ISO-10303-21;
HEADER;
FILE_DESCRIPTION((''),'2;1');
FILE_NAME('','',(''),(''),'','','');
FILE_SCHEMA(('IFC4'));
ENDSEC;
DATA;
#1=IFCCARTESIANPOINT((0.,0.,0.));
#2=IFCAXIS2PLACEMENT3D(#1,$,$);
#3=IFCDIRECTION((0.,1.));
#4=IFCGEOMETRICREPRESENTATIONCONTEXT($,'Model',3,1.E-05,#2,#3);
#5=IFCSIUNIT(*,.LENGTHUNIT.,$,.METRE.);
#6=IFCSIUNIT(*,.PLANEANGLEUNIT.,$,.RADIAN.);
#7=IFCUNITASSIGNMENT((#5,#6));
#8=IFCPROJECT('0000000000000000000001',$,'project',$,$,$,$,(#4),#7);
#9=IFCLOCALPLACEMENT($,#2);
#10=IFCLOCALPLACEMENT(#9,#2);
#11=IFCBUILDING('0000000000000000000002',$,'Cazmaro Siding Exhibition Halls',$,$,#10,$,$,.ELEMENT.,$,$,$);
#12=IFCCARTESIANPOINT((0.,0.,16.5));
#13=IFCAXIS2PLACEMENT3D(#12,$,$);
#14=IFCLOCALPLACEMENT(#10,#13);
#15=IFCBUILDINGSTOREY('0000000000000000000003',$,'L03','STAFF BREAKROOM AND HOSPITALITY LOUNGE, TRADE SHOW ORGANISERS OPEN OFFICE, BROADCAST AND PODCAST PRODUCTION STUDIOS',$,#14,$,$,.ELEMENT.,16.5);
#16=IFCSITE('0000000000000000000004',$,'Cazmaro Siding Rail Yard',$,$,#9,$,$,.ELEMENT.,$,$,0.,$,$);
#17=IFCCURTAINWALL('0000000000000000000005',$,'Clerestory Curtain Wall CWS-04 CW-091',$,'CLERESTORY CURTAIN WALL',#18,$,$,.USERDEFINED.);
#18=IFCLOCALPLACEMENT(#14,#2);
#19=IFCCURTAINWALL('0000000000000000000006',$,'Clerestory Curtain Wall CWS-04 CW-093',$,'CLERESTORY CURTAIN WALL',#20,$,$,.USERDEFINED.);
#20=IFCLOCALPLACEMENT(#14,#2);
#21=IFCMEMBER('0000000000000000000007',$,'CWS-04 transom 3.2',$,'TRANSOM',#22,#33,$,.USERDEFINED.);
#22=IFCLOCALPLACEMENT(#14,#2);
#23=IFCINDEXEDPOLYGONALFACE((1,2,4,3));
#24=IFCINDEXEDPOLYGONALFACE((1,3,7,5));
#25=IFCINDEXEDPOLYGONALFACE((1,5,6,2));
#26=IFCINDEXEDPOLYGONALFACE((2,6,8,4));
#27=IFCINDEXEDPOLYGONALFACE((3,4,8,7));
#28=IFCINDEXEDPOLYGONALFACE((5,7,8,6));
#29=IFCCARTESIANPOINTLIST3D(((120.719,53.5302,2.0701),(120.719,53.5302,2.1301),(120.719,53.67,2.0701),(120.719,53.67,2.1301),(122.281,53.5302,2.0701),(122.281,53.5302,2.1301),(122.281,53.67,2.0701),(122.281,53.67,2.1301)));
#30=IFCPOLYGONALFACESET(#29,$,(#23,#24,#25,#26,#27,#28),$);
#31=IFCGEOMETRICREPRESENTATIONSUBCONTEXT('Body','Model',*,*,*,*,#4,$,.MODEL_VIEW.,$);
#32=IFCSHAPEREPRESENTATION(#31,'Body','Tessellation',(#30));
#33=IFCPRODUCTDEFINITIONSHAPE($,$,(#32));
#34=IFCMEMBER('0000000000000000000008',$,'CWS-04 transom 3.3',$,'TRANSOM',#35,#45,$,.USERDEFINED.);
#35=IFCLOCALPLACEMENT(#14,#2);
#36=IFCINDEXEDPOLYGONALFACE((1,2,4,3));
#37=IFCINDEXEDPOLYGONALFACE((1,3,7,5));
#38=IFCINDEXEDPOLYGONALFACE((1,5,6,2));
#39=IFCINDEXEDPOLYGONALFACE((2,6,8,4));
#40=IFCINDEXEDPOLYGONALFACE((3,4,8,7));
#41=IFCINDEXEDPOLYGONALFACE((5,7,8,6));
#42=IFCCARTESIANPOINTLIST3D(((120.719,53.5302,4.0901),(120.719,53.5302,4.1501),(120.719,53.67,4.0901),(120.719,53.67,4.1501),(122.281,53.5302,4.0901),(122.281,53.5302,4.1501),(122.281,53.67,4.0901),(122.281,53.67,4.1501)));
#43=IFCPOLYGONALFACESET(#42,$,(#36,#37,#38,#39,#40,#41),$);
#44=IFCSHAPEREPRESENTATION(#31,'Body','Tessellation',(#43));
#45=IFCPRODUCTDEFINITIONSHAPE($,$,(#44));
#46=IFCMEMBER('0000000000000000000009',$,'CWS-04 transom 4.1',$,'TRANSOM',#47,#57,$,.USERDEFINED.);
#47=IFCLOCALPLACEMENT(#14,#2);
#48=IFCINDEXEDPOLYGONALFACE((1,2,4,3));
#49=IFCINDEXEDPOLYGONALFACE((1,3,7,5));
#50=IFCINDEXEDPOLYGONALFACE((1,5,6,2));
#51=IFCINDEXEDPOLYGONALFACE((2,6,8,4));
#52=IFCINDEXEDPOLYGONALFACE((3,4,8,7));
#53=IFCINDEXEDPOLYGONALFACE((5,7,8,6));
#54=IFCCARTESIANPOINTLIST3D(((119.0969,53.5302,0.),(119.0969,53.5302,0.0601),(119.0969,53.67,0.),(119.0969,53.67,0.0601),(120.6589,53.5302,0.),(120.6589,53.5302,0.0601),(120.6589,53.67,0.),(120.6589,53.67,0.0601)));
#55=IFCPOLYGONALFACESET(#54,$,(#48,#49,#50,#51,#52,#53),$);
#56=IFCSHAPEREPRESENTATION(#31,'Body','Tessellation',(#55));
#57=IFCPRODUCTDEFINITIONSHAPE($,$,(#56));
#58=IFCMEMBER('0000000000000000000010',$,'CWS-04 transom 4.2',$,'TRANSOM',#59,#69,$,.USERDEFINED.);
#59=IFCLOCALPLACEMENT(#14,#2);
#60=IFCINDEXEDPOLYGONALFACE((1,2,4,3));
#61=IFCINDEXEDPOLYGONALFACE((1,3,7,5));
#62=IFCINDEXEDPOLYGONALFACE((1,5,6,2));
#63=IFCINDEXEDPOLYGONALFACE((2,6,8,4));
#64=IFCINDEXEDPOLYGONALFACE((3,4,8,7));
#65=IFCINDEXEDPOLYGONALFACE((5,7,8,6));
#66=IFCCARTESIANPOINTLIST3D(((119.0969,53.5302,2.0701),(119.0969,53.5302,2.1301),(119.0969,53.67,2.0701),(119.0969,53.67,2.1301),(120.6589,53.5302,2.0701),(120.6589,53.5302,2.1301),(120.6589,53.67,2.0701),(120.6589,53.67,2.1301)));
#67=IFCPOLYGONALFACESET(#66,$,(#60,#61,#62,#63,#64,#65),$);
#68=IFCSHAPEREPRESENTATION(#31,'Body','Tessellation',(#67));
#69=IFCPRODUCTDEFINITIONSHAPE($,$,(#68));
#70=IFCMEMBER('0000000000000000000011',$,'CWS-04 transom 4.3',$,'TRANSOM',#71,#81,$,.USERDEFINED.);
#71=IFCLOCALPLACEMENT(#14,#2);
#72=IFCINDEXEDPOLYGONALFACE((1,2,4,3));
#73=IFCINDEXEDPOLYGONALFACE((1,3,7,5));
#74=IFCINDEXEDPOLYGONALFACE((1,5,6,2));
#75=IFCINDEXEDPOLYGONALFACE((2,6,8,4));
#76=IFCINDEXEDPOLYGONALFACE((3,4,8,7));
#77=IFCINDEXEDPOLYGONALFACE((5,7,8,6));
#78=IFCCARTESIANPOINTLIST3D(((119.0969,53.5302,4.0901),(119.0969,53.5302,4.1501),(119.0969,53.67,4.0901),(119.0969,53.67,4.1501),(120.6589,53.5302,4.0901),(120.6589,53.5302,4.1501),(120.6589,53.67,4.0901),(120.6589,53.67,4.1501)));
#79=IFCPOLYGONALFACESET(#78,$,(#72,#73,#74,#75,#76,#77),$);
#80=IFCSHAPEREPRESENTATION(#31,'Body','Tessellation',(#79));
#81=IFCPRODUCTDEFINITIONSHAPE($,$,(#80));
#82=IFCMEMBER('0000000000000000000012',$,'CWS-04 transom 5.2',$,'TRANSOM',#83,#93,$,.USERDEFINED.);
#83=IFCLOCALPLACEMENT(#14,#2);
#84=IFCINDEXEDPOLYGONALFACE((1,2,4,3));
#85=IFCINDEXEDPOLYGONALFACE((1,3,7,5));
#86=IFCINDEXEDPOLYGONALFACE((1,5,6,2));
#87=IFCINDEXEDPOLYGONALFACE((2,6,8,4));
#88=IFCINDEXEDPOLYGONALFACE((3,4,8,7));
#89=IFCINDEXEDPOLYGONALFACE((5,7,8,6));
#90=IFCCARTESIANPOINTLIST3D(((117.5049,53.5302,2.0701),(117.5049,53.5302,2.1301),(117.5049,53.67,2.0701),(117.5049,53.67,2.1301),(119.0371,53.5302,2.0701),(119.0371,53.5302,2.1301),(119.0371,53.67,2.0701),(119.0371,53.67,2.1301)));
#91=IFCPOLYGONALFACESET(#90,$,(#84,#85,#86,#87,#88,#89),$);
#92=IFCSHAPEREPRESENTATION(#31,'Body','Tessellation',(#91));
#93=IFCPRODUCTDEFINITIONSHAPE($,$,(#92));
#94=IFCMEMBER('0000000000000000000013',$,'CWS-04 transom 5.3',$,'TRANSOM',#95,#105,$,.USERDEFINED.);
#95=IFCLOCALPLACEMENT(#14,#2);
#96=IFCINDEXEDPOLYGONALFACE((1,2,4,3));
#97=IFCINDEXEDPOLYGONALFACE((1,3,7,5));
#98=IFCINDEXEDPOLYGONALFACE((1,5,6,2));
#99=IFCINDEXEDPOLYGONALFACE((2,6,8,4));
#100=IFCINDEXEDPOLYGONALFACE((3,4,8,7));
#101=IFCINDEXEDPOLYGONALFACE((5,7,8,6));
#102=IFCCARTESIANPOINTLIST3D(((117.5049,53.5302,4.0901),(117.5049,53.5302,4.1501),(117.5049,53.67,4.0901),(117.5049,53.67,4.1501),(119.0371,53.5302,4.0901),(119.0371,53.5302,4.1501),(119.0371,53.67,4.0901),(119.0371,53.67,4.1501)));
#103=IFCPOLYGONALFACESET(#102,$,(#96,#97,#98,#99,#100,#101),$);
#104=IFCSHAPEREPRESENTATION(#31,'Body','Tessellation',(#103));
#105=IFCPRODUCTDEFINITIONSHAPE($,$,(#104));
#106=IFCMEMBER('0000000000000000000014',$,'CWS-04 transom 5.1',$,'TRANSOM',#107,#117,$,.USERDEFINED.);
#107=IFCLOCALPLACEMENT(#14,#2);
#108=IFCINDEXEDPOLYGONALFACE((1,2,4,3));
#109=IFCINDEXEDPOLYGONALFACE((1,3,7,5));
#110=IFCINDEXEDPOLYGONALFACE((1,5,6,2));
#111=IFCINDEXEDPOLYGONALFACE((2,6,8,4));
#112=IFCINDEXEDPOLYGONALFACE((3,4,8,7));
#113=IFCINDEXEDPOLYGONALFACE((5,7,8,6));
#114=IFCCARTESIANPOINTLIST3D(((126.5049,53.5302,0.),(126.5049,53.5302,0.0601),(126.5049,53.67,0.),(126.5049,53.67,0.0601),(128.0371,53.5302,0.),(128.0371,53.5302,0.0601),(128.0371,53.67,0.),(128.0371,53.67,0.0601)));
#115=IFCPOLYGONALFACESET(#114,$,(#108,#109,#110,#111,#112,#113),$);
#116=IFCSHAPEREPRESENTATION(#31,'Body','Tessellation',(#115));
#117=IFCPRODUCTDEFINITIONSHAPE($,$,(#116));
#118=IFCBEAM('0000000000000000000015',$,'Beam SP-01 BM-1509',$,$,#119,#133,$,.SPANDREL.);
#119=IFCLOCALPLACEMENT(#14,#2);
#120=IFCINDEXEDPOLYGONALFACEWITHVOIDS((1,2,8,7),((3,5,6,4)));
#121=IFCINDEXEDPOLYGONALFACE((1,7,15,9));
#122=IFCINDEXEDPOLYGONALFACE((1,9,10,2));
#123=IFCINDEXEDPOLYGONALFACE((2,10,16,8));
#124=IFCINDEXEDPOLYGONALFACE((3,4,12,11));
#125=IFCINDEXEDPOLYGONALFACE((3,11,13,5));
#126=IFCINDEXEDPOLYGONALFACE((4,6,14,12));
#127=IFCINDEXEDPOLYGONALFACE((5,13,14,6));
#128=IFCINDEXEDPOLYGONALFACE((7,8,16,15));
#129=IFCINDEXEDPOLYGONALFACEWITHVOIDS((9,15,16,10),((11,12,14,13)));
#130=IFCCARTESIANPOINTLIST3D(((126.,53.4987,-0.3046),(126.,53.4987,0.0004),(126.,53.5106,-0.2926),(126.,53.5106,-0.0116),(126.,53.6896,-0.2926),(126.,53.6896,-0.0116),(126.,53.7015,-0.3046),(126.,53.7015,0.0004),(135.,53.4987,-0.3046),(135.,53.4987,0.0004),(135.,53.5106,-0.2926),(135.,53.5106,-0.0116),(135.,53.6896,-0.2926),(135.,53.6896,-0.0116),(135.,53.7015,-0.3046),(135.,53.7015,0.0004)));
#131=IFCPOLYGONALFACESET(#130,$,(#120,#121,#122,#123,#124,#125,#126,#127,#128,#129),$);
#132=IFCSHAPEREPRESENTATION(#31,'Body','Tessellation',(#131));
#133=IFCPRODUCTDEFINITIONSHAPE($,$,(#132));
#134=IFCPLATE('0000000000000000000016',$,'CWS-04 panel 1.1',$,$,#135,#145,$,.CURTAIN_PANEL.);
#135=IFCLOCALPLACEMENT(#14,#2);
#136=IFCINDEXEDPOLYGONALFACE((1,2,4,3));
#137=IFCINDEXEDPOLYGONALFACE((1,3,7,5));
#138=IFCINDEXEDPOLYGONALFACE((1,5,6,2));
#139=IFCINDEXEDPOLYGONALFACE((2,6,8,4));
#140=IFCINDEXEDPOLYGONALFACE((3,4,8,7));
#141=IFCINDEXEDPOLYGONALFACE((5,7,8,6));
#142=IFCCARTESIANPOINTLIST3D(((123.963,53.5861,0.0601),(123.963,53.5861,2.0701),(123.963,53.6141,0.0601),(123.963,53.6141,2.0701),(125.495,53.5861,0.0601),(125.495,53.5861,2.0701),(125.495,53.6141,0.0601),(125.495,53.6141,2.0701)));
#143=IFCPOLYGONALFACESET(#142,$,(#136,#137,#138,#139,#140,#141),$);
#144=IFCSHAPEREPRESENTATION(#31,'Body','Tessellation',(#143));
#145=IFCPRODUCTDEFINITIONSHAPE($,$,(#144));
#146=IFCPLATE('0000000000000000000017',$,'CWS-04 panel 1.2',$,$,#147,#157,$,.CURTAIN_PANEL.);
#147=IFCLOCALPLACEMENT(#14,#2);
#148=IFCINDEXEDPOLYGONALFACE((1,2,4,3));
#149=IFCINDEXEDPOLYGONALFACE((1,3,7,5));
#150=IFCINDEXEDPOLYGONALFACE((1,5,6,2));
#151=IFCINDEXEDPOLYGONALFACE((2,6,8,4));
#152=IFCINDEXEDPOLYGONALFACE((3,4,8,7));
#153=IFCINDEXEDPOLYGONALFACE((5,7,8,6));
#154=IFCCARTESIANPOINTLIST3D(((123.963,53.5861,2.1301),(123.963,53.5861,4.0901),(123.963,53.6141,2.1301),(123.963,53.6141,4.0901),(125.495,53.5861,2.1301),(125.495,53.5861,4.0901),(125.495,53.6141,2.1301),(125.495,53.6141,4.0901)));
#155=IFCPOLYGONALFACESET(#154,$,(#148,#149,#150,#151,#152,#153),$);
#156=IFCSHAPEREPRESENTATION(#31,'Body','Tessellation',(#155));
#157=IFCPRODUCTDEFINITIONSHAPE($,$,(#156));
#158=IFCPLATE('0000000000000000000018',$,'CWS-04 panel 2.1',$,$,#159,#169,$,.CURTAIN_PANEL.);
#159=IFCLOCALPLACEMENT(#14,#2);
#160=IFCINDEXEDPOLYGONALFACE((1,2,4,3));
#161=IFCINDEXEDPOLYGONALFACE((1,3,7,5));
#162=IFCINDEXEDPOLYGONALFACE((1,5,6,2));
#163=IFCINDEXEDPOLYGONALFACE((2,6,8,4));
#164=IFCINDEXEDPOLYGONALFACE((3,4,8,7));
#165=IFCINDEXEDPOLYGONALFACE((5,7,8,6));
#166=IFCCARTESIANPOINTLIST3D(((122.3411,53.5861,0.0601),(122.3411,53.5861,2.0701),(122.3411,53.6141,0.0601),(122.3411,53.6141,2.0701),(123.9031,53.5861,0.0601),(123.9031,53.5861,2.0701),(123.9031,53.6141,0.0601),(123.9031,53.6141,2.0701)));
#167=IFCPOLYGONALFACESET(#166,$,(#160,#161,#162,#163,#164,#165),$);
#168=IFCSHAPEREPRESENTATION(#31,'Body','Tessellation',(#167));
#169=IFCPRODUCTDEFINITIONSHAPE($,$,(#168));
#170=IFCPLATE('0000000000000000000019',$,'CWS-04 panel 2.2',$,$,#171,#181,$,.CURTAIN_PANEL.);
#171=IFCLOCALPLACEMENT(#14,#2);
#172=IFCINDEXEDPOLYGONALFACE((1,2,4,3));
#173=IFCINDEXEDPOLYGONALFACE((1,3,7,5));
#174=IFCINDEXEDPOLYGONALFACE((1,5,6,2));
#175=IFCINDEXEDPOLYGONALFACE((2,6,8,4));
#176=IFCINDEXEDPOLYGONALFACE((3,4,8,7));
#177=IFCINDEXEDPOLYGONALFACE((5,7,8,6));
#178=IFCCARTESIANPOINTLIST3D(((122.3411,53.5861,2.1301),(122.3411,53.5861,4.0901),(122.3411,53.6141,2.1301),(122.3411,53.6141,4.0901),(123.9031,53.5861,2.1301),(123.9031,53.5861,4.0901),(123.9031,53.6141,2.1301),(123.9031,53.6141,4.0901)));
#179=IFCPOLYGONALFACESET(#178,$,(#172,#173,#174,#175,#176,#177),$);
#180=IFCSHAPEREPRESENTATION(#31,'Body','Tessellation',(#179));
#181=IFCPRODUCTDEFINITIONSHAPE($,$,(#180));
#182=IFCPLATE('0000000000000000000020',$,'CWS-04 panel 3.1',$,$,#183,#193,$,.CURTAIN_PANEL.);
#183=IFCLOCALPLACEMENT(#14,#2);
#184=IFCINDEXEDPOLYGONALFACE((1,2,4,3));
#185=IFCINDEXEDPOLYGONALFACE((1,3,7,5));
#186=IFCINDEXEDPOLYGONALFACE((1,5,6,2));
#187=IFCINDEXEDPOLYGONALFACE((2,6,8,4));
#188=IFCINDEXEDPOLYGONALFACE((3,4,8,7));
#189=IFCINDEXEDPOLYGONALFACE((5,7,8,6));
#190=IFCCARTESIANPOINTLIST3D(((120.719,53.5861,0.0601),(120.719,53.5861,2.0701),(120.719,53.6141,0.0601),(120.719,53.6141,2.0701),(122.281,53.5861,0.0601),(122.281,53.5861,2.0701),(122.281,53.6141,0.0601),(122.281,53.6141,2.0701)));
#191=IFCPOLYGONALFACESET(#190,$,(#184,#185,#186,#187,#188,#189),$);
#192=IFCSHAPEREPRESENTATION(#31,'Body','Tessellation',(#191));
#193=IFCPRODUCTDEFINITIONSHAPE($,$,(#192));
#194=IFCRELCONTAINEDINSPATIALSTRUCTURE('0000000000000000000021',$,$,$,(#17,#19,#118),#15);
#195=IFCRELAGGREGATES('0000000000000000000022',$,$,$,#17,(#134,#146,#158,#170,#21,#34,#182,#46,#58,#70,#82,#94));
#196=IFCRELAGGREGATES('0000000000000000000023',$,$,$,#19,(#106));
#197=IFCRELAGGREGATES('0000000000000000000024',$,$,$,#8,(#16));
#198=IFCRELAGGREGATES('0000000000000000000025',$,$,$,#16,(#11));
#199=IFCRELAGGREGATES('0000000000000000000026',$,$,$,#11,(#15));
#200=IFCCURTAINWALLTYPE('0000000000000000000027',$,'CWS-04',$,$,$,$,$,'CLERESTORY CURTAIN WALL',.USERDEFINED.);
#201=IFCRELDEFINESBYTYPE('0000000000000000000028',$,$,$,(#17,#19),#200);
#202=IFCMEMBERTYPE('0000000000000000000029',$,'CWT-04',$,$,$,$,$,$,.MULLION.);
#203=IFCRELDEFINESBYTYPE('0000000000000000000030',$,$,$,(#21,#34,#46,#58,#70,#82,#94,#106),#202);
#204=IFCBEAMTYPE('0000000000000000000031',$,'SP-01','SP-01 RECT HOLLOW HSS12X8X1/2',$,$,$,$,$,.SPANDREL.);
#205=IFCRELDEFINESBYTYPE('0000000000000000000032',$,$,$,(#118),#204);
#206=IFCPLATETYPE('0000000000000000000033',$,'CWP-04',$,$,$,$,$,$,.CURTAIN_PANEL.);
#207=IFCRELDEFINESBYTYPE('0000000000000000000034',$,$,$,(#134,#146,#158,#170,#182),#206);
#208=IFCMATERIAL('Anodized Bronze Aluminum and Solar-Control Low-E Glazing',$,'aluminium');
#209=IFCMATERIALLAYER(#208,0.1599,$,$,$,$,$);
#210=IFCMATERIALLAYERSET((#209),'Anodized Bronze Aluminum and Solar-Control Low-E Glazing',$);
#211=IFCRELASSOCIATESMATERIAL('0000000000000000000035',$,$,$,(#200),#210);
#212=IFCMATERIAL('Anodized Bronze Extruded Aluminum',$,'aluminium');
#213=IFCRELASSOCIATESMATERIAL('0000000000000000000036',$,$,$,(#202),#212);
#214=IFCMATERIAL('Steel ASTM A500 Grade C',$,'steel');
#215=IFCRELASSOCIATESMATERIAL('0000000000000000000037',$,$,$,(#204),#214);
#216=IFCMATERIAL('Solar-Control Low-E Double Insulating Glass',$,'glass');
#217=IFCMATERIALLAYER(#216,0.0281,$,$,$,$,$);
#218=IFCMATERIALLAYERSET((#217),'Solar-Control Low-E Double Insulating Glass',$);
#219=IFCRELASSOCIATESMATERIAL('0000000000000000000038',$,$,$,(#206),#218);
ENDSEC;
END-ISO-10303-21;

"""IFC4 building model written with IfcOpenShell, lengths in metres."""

from ifc_helpers import new_model, si_unit, direction, frame, origin, origin_2d, place, context, subcontext, project, spatial, rectangle, hollow_rectangle, extrude, material, layer, layer_set, material_profile, profile_set, type_object, element, aggregate, save


model = new_model("IFC4")

# Units and contexts
model_context = context("Model", 3, precision=1e-05, world=origin(), true_north=direction((0.0, 1.0)))
body_context = subcontext(model_context, "Body", "Model", "MODEL_VIEW")
ifc_project = project(units=[si_unit("LENGTHUNIT", "METRE"), si_unit("PLANEANGLEUNIT", "RADIAN")], contexts=[model_context])

# Site, building, storey
site_placement = place(None, origin())
site = spatial("IfcSite", under=ifc_project, at=site_placement, Name="Cazmaro Siding Rail Yard", CompositionType="ELEMENT", RefElevation=0.0)
building_placement = place(site_placement, origin())
building = spatial("IfcBuilding", under=site, at=building_placement, Name="Cazmaro Siding Exhibition Halls", CompositionType="ELEMENT")
storey_placement = place(building_placement, frame((0.0, 0.0, 16.5)))
storey = spatial("IfcBuildingStorey", under=building, at=storey_placement, Name="L03", Description="STAFF BREAKROOM AND HOSPITALITY LOUNGE, TRADE SHOW ORGANISERS OPEN OFFICE, BROADCAST AND PODCAST PRODUCTION STUDIOS", CompositionType="ELEMENT", Elevation=16.5)

# Curtain wall
ifc_material_1 = material(Name="Anodized Bronze Aluminum and Solar-Control Low-E Glazing", Category="aluminium")
ifc_layer_1 = layer(ifc_material_1, 0.1599)
ifc_layer_set_1 = layer_set([ifc_layer_1], Name="Anodized Bronze Aluminum and Solar-Control Low-E Glazing")
curtain_wall_type = type_object("IfcCurtainWallType", Name="CWS-04", ElementType="CLERESTORY CURTAIN WALL", PredefinedType="USERDEFINED", material=ifc_layer_set_1)
curtain_wall_1_placement = place(storey_placement, origin())
curtain_wall_1 = element("IfcCurtainWall", 1, at=curtain_wall_1_placement, inside=storey, type_object=curtain_wall_type, Name="Clerestory Curtain Wall CWS-04 CW-091", ObjectType="CLERESTORY CURTAIN WALL", PredefinedType="USERDEFINED")

# Curtain wall
curtain_wall_2_placement = place(storey_placement, origin())
curtain_wall_2 = element("IfcCurtainWall", 2, at=curtain_wall_2_placement, inside=storey, type_object=curtain_wall_type, Name="Clerestory Curtain Wall CWS-04 CW-093", ObjectType="CLERESTORY CURTAIN WALL", PredefinedType="USERDEFINED")

# Members
ifc_material_2 = material(Name="Anodized Bronze Extruded Aluminum", Category="aluminium")
ifc_material_profile_1 = material_profile(ifc_material_2, rectangle(XDim=0.1399, YDim=0.0601, at=origin_2d()), Name="CWT-04")
ifc_profile_set_1 = profile_set([ifc_material_profile_1], Name="Anodized Bronze Extruded Aluminum")
member_type_1 = type_object("IfcMemberType", Name="CWT-04", PredefinedType="MULLION", material=ifc_profile_set_1)
member_1_placement = place(storey_placement, frame((122.281, 53.6001, 2.1001), z_axis=(-1.0, 0.0, 0.0), x_axis=(0.0, -1.0, 0.0)))
member_1 = element("IfcMember", 3, at=member_1_placement, type_object=member_type_1, Name="CWS-04 transom 3.2", ObjectType="TRANSOM", PredefinedType="USERDEFINED", context=body_context, shape_type="SweptSolid", body=[
    extrude(rectangle(XDim=0.1399, YDim=0.0601, at=origin_2d()), origin(), (0.0, 0.0, 1.0), 1.562),
])
member_2_placement = place(storey_placement, frame((122.281, 53.6001, 4.1201), z_axis=(-1.0, 0.0, 0.0), x_axis=(0.0, -1.0, 0.0)))
member_2 = element("IfcMember", 4, at=member_2_placement, type_object=member_type_1, Name="CWS-04 transom 3.3", ObjectType="TRANSOM", PredefinedType="USERDEFINED", context=body_context, shape_type="SweptSolid", body=[
    extrude(rectangle(XDim=0.1399, YDim=0.0601, at=origin_2d()), origin(), (0.0, 0.0, 1.0), 1.562),
])
member_3_placement = place(storey_placement, frame((120.6589, 53.6001, 0.03), z_axis=(-1.0, 0.0, 0.0), x_axis=(0.0, -1.0, 0.0)))
member_3 = element("IfcMember", 5, at=member_3_placement, type_object=member_type_1, Name="CWS-04 transom 4.1", ObjectType="TRANSOM", PredefinedType="USERDEFINED", context=body_context, shape_type="SweptSolid", body=[
    extrude(rectangle(XDim=0.1399, YDim=0.0601, at=origin_2d()), origin(), (0.0, 0.0, 1.0), 1.562),
])
member_4_placement = place(storey_placement, frame((120.6589, 53.6001, 2.1001), z_axis=(-1.0, 0.0, 0.0), x_axis=(0.0, -1.0, 0.0)))
member_4 = element("IfcMember", 6, at=member_4_placement, type_object=member_type_1, Name="CWS-04 transom 4.2", ObjectType="TRANSOM", PredefinedType="USERDEFINED", context=body_context, shape_type="SweptSolid", body=[
    extrude(rectangle(XDim=0.1399, YDim=0.0601, at=origin_2d()), origin(), (0.0, 0.0, 1.0), 1.562),
])
member_5_placement = place(storey_placement, frame((120.6589, 53.6001, 4.1201), z_axis=(-1.0, 0.0, 0.0), x_axis=(0.0, -1.0, 0.0)))
member_5 = element("IfcMember", 7, at=member_5_placement, type_object=member_type_1, Name="CWS-04 transom 4.3", ObjectType="TRANSOM", PredefinedType="USERDEFINED", context=body_context, shape_type="SweptSolid", body=[
    extrude(rectangle(XDim=0.1399, YDim=0.0601, at=origin_2d()), origin(), (0.0, 0.0, 1.0), 1.562),
])
member_6_placement = place(storey_placement, frame((119.0371, 53.6001, 2.1001), z_axis=(-1.0, 0.0, 0.0), x_axis=(0.0, -1.0, 0.0)))
member_6 = element("IfcMember", 8, at=member_6_placement, type_object=member_type_1, Name="CWS-04 transom 5.2", ObjectType="TRANSOM", PredefinedType="USERDEFINED", context=body_context, shape_type="SweptSolid", body=[
    extrude(rectangle(XDim=0.1399, YDim=0.0601, at=origin_2d()), origin(), (0.0, 0.0, 1.0), 1.5322),
])
member_7_placement = place(storey_placement, frame((119.0371, 53.6001, 4.1201), z_axis=(-1.0, 0.0, 0.0), x_axis=(0.0, -1.0, 0.0)))
member_7 = element("IfcMember", 9, at=member_7_placement, type_object=member_type_1, Name="CWS-04 transom 5.3", ObjectType="TRANSOM", PredefinedType="USERDEFINED", context=body_context, shape_type="SweptSolid", body=[
    extrude(rectangle(XDim=0.1399, YDim=0.0601, at=origin_2d()), origin(), (0.0, 0.0, 1.0), 1.5322),
])
member_8_placement = place(storey_placement, frame((128.0371, 53.6001, 0.03), z_axis=(-1.0, 0.0, 0.0), x_axis=(0.0, -1.0, 0.0)))
member_8 = element("IfcMember", 10, at=member_8_placement, type_object=member_type_1, Name="CWS-04 transom 5.1", ObjectType="TRANSOM", PredefinedType="USERDEFINED", context=body_context, shape_type="SweptSolid", body=[
    extrude(rectangle(XDim=0.1399, YDim=0.0601, at=origin_2d()), origin(), (0.0, 0.0, 1.0), 1.5322),
])

# Beam
ifc_material_3 = material(Name="Steel ASTM A500 Grade C", Category="steel")
ifc_material_profile_2 = material_profile(ifc_material_3, hollow_rectangle(XDim=0.2029, YDim=0.3049, WallThickness=0.012, at=origin_2d()), Name="HSS12X8X1/2")
ifc_profile_set_2 = profile_set([ifc_material_profile_2], Name="Steel ASTM A500 Grade C")
beam_type = type_object("IfcBeamType", Name="SP-01", Description="SP-01 RECT HOLLOW HSS12X8X1/2", PredefinedType="SPANDREL", material=ifc_profile_set_2)
beam_placement = place(storey_placement, frame((126.0, 53.6001, -0.1521), z_axis=(1.0, 0.0, 0.0), x_axis=(0.0, 1.0, 0.0)))
element("IfcBeam", 11, at=beam_placement, inside=storey, type_object=beam_type, Name="Beam SP-01 BM-1509", PredefinedType="SPANDREL", context=body_context, shape_type="SweptSolid", body=[
    extrude(hollow_rectangle(XDim=0.2029, YDim=0.3049, WallThickness=0.012, at=origin_2d()), origin(), (0.0, 0.0, 1.0), 9.0),
])

# Plates
ifc_material_4 = material(Name="Solar-Control Low-E Double Insulating Glass", Category="glass")
ifc_layer_2 = layer(ifc_material_4, 0.0281)
ifc_layer_set_2 = layer_set([ifc_layer_2], Name="Solar-Control Low-E Double Insulating Glass")
plate_type = type_object("IfcPlateType", Name="CWP-04", PredefinedType="CURTAIN_PANEL", material=ifc_layer_set_2)
plate_1_placement = place(storey_placement, frame((124.729, 53.6001, 0.0601), z_axis=(0.0, 0.0, 1.0), x_axis=(-1.0, 0.0, 0.0)))
plate_1 = element("IfcPlate", 12, at=plate_1_placement, type_object=plate_type, Name="CWS-04 panel 1.1", PredefinedType="CURTAIN_PANEL", context=body_context, shape_type="SweptSolid", body=[
    extrude(rectangle(XDim=1.532, YDim=0.0281, at=origin_2d()), origin(), (0.0, 0.0, 1.0), 2.01),
])
plate_2_placement = place(storey_placement, frame((124.729, 53.6001, 2.1301), z_axis=(0.0, 0.0, 1.0), x_axis=(-1.0, 0.0, 0.0)))
plate_2 = element("IfcPlate", 13, at=plate_2_placement, type_object=plate_type, Name="CWS-04 panel 1.2", PredefinedType="CURTAIN_PANEL", context=body_context, shape_type="SweptSolid", body=[
    extrude(rectangle(XDim=1.532, YDim=0.0281, at=origin_2d()), origin(), (0.0, 0.0, 1.0), 1.96),
])
plate_3_placement = place(storey_placement, frame((123.1221, 53.6001, 0.0601), z_axis=(0.0, 0.0, 1.0), x_axis=(-1.0, 0.0, 0.0)))
plate_3 = element("IfcPlate", 14, at=plate_3_placement, type_object=plate_type, Name="CWS-04 panel 2.1", PredefinedType="CURTAIN_PANEL", context=body_context, shape_type="SweptSolid", body=[
    extrude(rectangle(XDim=1.562, YDim=0.0281, at=origin_2d()), origin(), (0.0, 0.0, 1.0), 2.01),
])
plate_4_placement = place(storey_placement, frame((123.1221, 53.6001, 2.1301), z_axis=(0.0, 0.0, 1.0), x_axis=(-1.0, 0.0, 0.0)))
plate_4 = element("IfcPlate", 15, at=plate_4_placement, type_object=plate_type, Name="CWS-04 panel 2.2", PredefinedType="CURTAIN_PANEL", context=body_context, shape_type="SweptSolid", body=[
    extrude(rectangle(XDim=1.562, YDim=0.0281, at=origin_2d()), origin(), (0.0, 0.0, 1.0), 1.96),
])
plate_5_placement = place(storey_placement, frame((121.5, 53.6001, 0.0601), z_axis=(0.0, 0.0, 1.0), x_axis=(-1.0, 0.0, 0.0)))
plate_5 = element("IfcPlate", 16, at=plate_5_placement, type_object=plate_type, Name="CWS-04 panel 3.1", PredefinedType="CURTAIN_PANEL", context=body_context, shape_type="SweptSolid", body=[
    extrude(rectangle(XDim=1.562, YDim=0.0281, at=origin_2d()), origin(), (0.0, 0.0, 1.0), 2.01),
])
aggregate(curtain_wall_1, [plate_1, plate_2, plate_3, plate_4, member_1, member_2, plate_5, member_3, member_4, member_5, member_6, member_7])
aggregate(curtain_wall_2, [member_8])

save(model, "model.ifc")
